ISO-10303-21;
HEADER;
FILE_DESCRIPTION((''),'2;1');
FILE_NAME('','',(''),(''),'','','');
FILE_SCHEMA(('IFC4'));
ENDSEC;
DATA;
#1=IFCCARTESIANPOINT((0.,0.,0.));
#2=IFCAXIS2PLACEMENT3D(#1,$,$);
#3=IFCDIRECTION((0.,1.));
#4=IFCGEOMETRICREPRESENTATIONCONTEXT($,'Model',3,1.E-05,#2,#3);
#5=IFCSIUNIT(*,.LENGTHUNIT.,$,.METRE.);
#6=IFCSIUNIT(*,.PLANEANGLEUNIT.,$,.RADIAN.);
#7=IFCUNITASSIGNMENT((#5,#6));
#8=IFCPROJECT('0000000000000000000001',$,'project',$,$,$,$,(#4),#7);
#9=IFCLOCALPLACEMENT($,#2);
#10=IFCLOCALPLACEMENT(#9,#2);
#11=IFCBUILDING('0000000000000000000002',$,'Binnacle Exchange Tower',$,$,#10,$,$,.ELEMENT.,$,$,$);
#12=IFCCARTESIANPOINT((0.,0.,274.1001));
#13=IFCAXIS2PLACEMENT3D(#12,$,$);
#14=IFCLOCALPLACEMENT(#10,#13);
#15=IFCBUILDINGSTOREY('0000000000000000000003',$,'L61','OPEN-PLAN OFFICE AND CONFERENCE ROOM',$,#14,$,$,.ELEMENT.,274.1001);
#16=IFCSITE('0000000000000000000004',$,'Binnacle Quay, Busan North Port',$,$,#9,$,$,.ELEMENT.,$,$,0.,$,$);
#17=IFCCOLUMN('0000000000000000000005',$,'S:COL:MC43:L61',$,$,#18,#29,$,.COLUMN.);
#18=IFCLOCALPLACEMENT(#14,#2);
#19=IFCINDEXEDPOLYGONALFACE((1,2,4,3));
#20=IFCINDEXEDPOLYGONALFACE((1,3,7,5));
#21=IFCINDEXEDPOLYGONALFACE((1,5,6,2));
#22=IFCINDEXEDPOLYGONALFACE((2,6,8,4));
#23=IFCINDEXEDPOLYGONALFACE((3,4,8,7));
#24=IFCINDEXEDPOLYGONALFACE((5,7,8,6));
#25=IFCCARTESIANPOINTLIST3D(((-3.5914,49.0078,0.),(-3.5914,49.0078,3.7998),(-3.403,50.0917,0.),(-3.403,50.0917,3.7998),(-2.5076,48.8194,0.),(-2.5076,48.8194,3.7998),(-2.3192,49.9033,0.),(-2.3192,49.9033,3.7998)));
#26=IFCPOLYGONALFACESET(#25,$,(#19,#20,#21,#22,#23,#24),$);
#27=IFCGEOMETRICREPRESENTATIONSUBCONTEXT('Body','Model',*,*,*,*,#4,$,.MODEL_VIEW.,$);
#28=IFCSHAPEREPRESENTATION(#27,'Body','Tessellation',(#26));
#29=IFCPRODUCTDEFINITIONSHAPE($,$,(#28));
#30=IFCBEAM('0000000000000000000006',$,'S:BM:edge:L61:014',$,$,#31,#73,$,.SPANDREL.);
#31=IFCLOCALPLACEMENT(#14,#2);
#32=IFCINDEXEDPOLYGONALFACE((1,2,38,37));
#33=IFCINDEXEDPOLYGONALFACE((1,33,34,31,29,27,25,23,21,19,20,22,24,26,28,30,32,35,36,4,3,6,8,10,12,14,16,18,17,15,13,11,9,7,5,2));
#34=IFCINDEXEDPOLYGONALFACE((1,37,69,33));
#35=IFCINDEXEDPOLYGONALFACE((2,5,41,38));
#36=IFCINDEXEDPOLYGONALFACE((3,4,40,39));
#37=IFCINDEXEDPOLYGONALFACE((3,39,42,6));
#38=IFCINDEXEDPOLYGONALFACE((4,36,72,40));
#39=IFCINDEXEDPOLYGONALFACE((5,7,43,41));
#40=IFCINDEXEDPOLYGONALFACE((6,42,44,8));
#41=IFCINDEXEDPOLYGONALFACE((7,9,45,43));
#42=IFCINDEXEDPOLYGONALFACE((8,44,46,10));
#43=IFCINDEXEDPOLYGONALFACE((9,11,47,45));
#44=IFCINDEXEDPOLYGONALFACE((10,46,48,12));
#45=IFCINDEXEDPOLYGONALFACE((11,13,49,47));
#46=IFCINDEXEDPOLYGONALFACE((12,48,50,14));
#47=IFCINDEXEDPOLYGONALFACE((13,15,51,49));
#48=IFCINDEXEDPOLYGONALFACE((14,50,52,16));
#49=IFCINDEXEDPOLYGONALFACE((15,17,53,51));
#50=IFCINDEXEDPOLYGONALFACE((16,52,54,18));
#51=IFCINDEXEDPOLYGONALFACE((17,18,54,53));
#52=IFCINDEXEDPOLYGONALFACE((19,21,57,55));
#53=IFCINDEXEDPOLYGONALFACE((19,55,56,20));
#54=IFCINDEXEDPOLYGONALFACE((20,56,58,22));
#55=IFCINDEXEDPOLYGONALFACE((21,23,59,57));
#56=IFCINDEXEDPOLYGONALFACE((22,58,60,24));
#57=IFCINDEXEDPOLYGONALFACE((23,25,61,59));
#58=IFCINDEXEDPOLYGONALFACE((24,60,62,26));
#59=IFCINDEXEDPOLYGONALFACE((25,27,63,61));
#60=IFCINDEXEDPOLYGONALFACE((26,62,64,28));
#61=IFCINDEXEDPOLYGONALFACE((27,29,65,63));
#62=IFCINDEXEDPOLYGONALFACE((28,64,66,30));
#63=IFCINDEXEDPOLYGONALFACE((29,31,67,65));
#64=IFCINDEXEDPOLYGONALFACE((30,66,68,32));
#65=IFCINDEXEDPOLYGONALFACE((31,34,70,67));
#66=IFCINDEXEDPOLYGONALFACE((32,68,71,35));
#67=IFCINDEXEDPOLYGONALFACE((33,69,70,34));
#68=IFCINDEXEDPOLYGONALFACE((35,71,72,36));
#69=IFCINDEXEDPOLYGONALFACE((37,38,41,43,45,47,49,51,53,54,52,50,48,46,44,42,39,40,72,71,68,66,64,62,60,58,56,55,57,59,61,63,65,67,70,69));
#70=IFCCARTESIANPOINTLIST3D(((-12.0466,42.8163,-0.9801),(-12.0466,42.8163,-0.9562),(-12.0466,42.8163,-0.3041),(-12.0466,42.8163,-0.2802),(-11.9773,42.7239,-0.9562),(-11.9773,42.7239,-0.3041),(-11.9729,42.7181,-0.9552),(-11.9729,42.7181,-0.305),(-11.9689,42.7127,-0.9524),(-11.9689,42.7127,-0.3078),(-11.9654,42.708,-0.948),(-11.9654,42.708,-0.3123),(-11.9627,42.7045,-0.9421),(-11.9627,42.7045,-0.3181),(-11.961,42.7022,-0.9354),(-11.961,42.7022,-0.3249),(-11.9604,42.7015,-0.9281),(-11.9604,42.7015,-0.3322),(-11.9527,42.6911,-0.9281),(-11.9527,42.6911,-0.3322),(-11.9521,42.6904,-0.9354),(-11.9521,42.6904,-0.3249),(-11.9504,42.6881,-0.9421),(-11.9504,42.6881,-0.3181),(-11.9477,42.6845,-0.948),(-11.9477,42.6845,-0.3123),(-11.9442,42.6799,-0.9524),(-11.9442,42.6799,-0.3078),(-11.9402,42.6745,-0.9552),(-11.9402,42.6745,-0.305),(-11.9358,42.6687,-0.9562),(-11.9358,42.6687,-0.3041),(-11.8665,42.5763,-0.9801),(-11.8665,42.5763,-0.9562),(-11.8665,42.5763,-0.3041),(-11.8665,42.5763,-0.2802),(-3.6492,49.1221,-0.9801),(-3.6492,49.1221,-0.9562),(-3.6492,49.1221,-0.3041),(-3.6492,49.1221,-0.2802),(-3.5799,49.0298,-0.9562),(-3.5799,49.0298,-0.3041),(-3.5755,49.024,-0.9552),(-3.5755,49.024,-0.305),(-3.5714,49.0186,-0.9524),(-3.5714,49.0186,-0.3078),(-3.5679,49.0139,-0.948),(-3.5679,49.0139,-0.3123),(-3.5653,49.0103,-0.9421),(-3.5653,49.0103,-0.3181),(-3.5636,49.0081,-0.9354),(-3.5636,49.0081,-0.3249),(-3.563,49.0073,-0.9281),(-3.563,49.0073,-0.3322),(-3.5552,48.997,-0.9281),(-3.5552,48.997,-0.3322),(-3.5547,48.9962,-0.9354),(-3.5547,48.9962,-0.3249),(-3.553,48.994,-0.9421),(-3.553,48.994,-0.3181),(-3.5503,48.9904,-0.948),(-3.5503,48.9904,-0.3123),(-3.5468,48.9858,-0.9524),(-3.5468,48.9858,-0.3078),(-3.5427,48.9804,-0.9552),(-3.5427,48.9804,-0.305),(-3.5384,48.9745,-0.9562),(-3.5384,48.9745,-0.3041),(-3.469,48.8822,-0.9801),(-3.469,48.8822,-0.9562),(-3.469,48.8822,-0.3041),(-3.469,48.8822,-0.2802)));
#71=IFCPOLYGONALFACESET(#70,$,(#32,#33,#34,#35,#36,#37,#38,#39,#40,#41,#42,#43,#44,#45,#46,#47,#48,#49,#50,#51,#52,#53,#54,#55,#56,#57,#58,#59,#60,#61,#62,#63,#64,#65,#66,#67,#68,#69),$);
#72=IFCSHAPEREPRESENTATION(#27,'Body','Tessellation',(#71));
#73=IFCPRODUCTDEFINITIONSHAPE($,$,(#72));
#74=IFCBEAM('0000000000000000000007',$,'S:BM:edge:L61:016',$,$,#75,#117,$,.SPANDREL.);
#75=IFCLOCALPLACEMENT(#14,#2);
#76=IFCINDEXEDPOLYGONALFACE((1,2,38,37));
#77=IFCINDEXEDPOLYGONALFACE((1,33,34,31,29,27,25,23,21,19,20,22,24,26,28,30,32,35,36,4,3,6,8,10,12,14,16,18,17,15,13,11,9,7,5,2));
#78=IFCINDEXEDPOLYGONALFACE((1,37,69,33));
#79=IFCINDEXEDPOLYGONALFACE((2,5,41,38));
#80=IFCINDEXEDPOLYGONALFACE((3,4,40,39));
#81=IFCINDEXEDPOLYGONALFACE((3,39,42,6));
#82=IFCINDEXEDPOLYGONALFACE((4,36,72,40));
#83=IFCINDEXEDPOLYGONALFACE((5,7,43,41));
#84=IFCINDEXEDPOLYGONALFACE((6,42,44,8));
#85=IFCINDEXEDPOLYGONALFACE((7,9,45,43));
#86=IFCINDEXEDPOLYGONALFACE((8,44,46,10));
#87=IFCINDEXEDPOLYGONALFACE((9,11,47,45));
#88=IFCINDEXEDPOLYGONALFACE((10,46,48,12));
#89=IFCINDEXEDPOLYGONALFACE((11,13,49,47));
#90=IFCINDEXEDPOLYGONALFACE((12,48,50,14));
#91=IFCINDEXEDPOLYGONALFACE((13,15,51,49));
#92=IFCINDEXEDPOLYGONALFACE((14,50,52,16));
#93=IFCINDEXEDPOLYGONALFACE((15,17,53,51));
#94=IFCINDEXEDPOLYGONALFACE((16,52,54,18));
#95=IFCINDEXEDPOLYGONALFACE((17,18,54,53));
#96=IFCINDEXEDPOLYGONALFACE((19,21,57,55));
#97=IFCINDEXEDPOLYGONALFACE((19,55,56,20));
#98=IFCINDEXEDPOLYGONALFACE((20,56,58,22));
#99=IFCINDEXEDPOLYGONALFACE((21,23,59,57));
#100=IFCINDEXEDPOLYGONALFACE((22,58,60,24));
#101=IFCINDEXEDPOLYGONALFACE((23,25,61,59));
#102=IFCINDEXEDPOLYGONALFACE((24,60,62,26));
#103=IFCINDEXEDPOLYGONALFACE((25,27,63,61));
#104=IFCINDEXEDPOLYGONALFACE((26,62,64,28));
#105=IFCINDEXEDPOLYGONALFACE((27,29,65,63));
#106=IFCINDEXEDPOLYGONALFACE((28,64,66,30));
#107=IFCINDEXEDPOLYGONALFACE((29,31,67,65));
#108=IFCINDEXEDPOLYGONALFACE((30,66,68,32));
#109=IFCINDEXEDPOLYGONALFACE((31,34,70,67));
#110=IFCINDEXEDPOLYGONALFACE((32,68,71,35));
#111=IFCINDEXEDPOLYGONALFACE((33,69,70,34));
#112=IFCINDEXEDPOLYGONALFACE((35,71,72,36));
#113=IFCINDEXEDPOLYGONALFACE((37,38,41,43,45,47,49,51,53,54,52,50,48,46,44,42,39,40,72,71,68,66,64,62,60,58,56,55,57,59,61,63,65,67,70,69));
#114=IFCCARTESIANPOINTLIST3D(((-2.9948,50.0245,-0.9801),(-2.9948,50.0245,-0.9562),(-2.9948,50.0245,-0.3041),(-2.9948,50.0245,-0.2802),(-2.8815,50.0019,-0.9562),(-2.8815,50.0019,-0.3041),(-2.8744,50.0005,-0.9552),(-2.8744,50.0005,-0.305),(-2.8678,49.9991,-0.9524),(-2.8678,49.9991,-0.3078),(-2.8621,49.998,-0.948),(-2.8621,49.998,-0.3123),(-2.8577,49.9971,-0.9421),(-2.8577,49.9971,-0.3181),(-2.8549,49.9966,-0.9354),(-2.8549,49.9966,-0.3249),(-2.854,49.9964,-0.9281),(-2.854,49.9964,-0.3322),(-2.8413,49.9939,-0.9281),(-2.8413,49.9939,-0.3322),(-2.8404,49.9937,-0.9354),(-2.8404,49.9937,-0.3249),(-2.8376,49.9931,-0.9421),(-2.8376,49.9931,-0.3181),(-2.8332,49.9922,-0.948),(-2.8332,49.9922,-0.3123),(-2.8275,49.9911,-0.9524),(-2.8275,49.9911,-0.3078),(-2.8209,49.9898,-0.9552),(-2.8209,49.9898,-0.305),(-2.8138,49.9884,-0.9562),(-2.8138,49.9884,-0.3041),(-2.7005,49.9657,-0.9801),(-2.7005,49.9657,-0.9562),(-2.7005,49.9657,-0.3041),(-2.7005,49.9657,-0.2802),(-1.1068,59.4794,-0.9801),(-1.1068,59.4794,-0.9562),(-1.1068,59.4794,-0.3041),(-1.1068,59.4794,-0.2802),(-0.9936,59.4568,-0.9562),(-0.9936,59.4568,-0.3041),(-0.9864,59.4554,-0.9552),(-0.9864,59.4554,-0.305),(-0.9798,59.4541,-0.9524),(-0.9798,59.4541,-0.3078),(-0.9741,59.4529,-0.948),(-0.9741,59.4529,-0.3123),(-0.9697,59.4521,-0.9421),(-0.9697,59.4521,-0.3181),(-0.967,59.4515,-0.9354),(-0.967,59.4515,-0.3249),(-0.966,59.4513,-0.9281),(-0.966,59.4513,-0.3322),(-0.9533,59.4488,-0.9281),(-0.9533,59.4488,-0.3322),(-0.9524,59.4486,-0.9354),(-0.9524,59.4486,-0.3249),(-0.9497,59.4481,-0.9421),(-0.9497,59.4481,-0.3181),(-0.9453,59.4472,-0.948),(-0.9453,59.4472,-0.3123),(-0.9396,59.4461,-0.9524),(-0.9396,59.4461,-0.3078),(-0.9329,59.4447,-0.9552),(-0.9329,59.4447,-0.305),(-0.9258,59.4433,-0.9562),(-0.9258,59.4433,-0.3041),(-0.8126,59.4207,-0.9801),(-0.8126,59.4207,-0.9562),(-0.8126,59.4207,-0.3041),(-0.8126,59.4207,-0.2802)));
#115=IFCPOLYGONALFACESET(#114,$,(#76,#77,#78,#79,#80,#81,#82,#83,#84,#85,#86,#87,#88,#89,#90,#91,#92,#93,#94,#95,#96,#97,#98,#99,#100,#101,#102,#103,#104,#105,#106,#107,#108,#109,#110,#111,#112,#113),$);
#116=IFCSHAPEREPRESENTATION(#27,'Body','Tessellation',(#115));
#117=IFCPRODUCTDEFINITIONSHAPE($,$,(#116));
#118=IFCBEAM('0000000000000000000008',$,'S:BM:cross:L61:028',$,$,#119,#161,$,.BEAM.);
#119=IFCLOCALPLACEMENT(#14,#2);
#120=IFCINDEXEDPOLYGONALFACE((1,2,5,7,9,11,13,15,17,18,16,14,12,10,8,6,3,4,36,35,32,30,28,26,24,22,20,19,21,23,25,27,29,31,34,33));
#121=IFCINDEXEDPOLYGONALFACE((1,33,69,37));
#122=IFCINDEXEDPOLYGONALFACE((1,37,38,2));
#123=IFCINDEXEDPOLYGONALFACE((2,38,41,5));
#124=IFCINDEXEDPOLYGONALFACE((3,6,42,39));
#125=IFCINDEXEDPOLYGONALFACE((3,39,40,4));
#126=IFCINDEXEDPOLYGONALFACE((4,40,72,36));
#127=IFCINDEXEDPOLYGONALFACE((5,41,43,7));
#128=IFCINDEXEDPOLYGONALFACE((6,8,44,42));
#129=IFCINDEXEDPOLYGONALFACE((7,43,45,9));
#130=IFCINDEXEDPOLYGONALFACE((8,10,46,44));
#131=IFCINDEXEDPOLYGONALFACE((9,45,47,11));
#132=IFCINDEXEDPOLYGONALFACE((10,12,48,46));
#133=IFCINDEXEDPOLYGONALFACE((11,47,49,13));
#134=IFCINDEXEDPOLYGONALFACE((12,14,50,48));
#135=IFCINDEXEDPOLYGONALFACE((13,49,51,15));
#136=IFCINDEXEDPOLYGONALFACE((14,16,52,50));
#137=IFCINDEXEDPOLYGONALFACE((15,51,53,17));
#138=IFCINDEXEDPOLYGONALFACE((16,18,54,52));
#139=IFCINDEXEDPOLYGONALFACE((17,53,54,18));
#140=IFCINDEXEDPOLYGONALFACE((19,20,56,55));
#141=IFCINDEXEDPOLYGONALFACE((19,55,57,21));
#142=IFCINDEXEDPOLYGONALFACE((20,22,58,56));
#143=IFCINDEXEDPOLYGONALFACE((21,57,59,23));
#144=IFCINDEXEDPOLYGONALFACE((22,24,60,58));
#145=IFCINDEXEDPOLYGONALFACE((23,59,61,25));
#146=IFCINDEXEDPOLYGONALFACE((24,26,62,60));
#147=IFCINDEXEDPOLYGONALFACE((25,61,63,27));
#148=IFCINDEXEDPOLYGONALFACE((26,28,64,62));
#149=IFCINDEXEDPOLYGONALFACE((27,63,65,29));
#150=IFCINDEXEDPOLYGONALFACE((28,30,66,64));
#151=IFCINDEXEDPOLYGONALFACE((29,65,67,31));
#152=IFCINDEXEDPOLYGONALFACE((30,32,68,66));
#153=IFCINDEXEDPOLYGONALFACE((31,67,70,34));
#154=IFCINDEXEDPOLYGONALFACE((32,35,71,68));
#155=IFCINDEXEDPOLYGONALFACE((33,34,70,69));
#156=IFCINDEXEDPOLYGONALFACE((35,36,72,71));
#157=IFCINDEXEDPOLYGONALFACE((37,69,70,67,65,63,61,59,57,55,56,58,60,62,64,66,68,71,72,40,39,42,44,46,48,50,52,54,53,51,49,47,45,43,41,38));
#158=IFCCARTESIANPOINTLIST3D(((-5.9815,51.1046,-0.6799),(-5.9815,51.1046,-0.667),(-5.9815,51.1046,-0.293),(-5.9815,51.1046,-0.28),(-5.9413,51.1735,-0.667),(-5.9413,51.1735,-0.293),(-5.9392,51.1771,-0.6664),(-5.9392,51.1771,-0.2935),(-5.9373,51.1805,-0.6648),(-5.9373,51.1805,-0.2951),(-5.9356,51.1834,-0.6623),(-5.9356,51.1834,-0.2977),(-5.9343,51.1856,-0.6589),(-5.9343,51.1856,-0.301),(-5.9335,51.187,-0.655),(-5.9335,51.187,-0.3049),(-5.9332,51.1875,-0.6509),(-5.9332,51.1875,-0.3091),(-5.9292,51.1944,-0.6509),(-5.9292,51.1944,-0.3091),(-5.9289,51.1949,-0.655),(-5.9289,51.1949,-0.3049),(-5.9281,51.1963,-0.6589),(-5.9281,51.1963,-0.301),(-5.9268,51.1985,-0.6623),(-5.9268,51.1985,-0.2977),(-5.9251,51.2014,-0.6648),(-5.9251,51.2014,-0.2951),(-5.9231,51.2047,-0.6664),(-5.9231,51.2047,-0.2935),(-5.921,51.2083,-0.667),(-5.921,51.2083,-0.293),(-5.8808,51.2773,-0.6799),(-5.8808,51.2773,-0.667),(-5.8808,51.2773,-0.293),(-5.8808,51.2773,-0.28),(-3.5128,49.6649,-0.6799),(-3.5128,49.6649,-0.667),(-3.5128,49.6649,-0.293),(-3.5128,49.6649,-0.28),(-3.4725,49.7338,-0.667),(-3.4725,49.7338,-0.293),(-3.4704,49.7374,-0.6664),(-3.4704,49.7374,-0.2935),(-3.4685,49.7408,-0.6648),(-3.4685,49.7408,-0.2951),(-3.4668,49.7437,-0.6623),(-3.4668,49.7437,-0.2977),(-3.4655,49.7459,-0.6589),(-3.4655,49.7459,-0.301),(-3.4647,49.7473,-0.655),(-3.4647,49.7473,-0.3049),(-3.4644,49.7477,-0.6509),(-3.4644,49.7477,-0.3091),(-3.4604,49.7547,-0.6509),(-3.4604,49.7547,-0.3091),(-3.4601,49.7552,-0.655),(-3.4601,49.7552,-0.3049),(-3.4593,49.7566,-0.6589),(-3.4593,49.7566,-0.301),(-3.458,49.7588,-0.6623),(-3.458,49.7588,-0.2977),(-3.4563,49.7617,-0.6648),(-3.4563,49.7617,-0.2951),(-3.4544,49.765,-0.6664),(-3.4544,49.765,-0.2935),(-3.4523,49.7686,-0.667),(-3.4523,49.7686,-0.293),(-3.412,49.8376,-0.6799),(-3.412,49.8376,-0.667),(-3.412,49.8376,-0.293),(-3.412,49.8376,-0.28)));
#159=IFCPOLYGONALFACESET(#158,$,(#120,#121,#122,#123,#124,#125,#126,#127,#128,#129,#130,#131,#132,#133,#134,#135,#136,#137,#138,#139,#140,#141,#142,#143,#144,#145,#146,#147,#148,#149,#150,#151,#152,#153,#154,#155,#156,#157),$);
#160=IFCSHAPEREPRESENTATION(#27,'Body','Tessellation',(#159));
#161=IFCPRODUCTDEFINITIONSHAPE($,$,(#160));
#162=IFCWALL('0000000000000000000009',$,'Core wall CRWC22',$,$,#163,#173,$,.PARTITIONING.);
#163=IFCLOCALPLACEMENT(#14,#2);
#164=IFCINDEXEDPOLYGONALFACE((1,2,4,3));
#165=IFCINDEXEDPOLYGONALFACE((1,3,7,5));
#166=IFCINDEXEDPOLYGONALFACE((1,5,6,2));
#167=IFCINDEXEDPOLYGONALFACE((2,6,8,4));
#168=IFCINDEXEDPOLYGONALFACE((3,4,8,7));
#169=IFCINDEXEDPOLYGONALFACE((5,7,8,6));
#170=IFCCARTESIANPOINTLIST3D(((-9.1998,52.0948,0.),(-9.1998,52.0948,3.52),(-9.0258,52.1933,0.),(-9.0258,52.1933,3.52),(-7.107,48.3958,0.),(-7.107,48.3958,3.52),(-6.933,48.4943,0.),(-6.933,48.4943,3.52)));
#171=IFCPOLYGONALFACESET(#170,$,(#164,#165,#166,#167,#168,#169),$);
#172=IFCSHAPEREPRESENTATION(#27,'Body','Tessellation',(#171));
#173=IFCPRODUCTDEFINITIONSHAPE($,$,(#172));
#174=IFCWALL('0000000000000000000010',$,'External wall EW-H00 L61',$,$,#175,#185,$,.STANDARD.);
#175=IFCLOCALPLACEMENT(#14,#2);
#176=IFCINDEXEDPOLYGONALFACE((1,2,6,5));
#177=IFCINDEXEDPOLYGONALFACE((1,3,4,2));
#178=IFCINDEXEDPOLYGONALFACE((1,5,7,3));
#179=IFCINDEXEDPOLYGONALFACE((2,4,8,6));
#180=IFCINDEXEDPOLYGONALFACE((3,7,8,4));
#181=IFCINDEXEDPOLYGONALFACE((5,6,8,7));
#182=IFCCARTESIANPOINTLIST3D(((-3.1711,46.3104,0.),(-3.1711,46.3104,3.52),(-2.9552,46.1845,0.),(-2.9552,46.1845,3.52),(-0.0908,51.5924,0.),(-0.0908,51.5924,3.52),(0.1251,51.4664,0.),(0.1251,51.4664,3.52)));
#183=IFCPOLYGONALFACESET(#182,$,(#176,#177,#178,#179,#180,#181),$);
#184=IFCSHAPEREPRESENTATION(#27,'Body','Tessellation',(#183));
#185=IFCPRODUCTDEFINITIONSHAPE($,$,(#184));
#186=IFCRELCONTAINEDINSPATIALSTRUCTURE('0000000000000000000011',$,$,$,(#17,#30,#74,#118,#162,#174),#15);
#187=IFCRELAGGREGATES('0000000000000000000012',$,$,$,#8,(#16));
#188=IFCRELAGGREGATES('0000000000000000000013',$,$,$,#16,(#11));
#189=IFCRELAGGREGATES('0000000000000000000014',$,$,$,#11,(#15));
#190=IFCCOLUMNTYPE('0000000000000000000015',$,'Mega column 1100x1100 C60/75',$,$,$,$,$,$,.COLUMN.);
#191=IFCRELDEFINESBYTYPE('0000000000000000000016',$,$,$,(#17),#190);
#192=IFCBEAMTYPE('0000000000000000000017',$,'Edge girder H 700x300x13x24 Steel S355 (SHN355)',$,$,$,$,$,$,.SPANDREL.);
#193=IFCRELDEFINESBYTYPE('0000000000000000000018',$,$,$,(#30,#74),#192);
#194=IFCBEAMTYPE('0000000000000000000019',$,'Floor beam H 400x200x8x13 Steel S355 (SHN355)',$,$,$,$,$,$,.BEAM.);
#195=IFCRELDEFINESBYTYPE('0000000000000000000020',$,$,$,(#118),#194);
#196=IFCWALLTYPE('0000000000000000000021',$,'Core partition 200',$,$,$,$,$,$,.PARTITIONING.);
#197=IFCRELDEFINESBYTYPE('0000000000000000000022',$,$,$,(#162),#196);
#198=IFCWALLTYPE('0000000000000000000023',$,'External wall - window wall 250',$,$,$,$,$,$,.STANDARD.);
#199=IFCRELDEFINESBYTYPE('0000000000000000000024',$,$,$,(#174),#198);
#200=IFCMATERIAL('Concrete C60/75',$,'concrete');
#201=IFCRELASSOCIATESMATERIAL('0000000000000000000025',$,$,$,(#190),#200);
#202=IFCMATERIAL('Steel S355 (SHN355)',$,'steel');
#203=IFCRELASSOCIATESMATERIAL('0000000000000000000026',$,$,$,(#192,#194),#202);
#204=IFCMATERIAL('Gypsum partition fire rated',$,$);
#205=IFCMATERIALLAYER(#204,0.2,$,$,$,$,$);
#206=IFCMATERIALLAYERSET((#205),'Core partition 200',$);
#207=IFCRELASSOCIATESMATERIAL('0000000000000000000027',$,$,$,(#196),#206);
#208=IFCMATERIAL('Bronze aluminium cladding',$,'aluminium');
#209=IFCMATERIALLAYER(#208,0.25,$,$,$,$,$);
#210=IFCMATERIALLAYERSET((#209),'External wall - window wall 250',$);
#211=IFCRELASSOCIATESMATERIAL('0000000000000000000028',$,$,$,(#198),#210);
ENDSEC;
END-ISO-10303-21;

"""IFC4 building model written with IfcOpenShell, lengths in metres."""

from ifc_helpers import new_model, si_unit, direction, frame, frame_2d, origin, origin_2d, place, context, subcontext, project, spatial, rectangle, i_section, extrude, material, layer, layer_set, material_profile, profile_set, type_object, element, save


model = new_model("IFC4")

# Units and contexts
model_context = context("Model", 3, precision=1e-05, world=origin(), true_north=direction((0.0, 1.0)))
body_context = subcontext(model_context, "Body", "Model", "MODEL_VIEW")
ifc_project = project(units=[si_unit("LENGTHUNIT", "METRE"), si_unit("PLANEANGLEUNIT", "RADIAN")], contexts=[model_context])

# Site, building, storey
site_placement = place(None, origin())
site = spatial("IfcSite", under=ifc_project, at=site_placement, Name="Binnacle Quay, Busan North Port", CompositionType="ELEMENT", RefElevation=0.0)
building_placement = place(site_placement, origin())
building = spatial("IfcBuilding", under=site, at=building_placement, Name="Binnacle Exchange Tower", CompositionType="ELEMENT")
storey_placement = place(building_placement, frame((0.0, 0.0, 274.1001)))
storey = spatial("IfcBuildingStorey", under=building, at=storey_placement, Name="L61", Description="OPEN-PLAN OFFICE AND CONFERENCE ROOM", CompositionType="ELEMENT", Elevation=274.1001)

# Column
ifc_material_1 = material(Name="Concrete C60/75", Category="concrete")
ifc_material_profile_1 = material_profile(ifc_material_1, rectangle(XDim=1.1001, YDim=1.1001, at=origin_2d()), Name="Mega column 1100x1100 C60/75")
ifc_profile_set_1 = profile_set([ifc_material_profile_1], Name="Concrete C60/75")
column_type = type_object("IfcColumnType", Name="Mega column 1100x1100 C60/75", PredefinedType="COLUMN", material=ifc_profile_set_1)
column_placement = place(storey_placement, frame((-2.9553, 49.4556, 0.0), z_axis=(0.0, 0.0, 1.0), x_axis=(-0.985226, 0.171259, 0.0)))
element("IfcColumn", 1, at=column_placement, inside=storey, type_object=column_type, Name="S:COL:MC43:L61", PredefinedType="COLUMN", context=body_context, shape_type="SweptSolid", body=[
    extrude(rectangle(XDim=1.1001, YDim=1.1001, at=origin_2d()), origin(), (0.0, 0.0, 1.0), 3.7998),
])

# Beams
ifc_material_2 = material(Name="Steel S355 (SHN355)", Category="steel")
ifc_material_profile_2 = material_profile(ifc_material_2, i_section(OverallWidth=0.3, OverallDepth=0.7, WebThickness=0.0129, FlangeThickness=0.0239, FilletRadius=0.0281, at=origin_2d()), Name="H 700x300x13x24")
ifc_profile_set_2 = profile_set([ifc_material_profile_2], Name="Steel S355 (SHN355)")
beam_type_1 = type_object("IfcBeamType", Name="Edge girder H 700x300x13x24 Steel S355 (SHN355)", PredefinedType="SPANDREL", material=ifc_profile_set_2)
beam_1_placement = place(storey_placement, frame((-11.9565, 42.6963, -0.6301), z_axis=(0.799643, 0.600476, 0.0), x_axis=(-0.600476, 0.799643, 0.0)))
element("IfcBeam", 2, at=beam_1_placement, inside=storey, type_object=beam_type_1, Name="S:BM:edge:L61:014", PredefinedType="SPANDREL", context=body_context, shape_type="SweptSolid", body=[
    extrude(i_section(OverallWidth=0.3, OverallDepth=0.7, WebThickness=0.0129, FlangeThickness=0.0239, FilletRadius=0.0281, at=origin_2d()), origin(), (0.0, 0.0, 1.0), 10.5015),
])
beam_2_placement = place(storey_placement, frame((-2.8477, 49.9951, -0.6301), z_axis=(0.195814, 0.980641, 0.0), x_axis=(-0.980641, 0.195814, 0.0)))
element("IfcBeam", 3, at=beam_2_placement, inside=storey, type_object=beam_type_1, Name="S:BM:edge:L61:016", PredefinedType="SPANDREL", context=body_context, shape_type="SweptSolid", body=[
    extrude(i_section(OverallWidth=0.3, OverallDepth=0.7, WebThickness=0.0129, FlangeThickness=0.0239, FilletRadius=0.0281, at=origin_2d()), origin(), (0.0, 0.0, 1.0), 9.6416),
])
ifc_material_profile_3 = material_profile(ifc_material_2, i_section(OverallWidth=0.2, OverallDepth=0.3999, WebThickness=0.0081, FlangeThickness=0.0129, FilletRadius=0.0161, at=origin_2d()), Name="H 400x200x8x13")
ifc_profile_set_3 = profile_set([ifc_material_profile_3], Name="Steel S355 (SHN355)")
beam_type_2 = type_object("IfcBeamType", Name="Floor beam H 400x200x8x13 Steel S355 (SHN355)", PredefinedType="BEAM", material=ifc_profile_set_3)
beam_3_placement = place(storey_placement, frame((-3.4624, 49.7512, -0.48), z_axis=(-0.863841, 0.503765, 0.0), x_axis=(-0.503765, -0.863841, 0.0)))
element("IfcBeam", 4, at=beam_3_placement, inside=storey, type_object=beam_type_2, Name="S:BM:cross:L61:028", PredefinedType="BEAM", context=body_context, shape_type="SweptSolid", body=[
    extrude(i_section(OverallWidth=0.2, OverallDepth=0.3999, WebThickness=0.0081, FlangeThickness=0.0129, FilletRadius=0.0161, at=origin_2d()), origin(), (0.0, 0.0, 1.0), 2.8579),
])

# Walls
ifc_material_3 = material(Name="Gypsum partition fire rated")
ifc_layer_1 = layer(ifc_material_3, 0.2)
ifc_layer_set_1 = layer_set([ifc_layer_1], Name="Core partition 200")
wall_type_1 = type_object("IfcWallType", Name="Core partition 200", PredefinedType="PARTITIONING", material=ifc_layer_set_1)
wall_1_placement = place(storey_placement, frame((-9.1128, 52.144, 0.0), z_axis=(0.0, 0.0, 1.0), x_axis=(0.492423, -0.870356, 0.0)))
element("IfcWall", 5, at=wall_1_placement, inside=storey, type_object=wall_type_1, Name="Core wall CRWC22", PredefinedType="PARTITIONING", context=body_context, shape_type="SweptSolid", body=[
    extrude(rectangle(XDim=4.25, YDim=0.2, at=frame_2d((2.125, 0.0))), origin(), (0.0, 0.0, 1.0), 3.52),
])
ifc_material_4 = material(Name="Bronze aluminium cladding", Category="aluminium")
ifc_layer_2 = layer(ifc_material_4, 0.25)
ifc_layer_set_2 = layer_set([ifc_layer_2], Name="External wall - window wall 250")
wall_type_2 = type_object("IfcWallType", Name="External wall - window wall 250", PredefinedType="STANDARD", material=ifc_layer_set_2)
wall_2_placement = place(storey_placement, frame((0.0171, 51.5293, 0.0), z_axis=(0.0, 0.0, 1.0), x_axis=(-0.503769, -0.863838, 0.0)))
element("IfcWall", 6, at=wall_2_placement, inside=storey, type_object=wall_type_2, Name="External wall EW-H00 L61", PredefinedType="STANDARD", context=body_context, shape_type="SweptSolid", body=[
    extrude(rectangle(XDim=6.1145, YDim=0.25, at=frame_2d((3.0571, 0.0))), origin(), (0.0, 0.0, 1.0), 3.52),
])

save(model, "model.ifc")
